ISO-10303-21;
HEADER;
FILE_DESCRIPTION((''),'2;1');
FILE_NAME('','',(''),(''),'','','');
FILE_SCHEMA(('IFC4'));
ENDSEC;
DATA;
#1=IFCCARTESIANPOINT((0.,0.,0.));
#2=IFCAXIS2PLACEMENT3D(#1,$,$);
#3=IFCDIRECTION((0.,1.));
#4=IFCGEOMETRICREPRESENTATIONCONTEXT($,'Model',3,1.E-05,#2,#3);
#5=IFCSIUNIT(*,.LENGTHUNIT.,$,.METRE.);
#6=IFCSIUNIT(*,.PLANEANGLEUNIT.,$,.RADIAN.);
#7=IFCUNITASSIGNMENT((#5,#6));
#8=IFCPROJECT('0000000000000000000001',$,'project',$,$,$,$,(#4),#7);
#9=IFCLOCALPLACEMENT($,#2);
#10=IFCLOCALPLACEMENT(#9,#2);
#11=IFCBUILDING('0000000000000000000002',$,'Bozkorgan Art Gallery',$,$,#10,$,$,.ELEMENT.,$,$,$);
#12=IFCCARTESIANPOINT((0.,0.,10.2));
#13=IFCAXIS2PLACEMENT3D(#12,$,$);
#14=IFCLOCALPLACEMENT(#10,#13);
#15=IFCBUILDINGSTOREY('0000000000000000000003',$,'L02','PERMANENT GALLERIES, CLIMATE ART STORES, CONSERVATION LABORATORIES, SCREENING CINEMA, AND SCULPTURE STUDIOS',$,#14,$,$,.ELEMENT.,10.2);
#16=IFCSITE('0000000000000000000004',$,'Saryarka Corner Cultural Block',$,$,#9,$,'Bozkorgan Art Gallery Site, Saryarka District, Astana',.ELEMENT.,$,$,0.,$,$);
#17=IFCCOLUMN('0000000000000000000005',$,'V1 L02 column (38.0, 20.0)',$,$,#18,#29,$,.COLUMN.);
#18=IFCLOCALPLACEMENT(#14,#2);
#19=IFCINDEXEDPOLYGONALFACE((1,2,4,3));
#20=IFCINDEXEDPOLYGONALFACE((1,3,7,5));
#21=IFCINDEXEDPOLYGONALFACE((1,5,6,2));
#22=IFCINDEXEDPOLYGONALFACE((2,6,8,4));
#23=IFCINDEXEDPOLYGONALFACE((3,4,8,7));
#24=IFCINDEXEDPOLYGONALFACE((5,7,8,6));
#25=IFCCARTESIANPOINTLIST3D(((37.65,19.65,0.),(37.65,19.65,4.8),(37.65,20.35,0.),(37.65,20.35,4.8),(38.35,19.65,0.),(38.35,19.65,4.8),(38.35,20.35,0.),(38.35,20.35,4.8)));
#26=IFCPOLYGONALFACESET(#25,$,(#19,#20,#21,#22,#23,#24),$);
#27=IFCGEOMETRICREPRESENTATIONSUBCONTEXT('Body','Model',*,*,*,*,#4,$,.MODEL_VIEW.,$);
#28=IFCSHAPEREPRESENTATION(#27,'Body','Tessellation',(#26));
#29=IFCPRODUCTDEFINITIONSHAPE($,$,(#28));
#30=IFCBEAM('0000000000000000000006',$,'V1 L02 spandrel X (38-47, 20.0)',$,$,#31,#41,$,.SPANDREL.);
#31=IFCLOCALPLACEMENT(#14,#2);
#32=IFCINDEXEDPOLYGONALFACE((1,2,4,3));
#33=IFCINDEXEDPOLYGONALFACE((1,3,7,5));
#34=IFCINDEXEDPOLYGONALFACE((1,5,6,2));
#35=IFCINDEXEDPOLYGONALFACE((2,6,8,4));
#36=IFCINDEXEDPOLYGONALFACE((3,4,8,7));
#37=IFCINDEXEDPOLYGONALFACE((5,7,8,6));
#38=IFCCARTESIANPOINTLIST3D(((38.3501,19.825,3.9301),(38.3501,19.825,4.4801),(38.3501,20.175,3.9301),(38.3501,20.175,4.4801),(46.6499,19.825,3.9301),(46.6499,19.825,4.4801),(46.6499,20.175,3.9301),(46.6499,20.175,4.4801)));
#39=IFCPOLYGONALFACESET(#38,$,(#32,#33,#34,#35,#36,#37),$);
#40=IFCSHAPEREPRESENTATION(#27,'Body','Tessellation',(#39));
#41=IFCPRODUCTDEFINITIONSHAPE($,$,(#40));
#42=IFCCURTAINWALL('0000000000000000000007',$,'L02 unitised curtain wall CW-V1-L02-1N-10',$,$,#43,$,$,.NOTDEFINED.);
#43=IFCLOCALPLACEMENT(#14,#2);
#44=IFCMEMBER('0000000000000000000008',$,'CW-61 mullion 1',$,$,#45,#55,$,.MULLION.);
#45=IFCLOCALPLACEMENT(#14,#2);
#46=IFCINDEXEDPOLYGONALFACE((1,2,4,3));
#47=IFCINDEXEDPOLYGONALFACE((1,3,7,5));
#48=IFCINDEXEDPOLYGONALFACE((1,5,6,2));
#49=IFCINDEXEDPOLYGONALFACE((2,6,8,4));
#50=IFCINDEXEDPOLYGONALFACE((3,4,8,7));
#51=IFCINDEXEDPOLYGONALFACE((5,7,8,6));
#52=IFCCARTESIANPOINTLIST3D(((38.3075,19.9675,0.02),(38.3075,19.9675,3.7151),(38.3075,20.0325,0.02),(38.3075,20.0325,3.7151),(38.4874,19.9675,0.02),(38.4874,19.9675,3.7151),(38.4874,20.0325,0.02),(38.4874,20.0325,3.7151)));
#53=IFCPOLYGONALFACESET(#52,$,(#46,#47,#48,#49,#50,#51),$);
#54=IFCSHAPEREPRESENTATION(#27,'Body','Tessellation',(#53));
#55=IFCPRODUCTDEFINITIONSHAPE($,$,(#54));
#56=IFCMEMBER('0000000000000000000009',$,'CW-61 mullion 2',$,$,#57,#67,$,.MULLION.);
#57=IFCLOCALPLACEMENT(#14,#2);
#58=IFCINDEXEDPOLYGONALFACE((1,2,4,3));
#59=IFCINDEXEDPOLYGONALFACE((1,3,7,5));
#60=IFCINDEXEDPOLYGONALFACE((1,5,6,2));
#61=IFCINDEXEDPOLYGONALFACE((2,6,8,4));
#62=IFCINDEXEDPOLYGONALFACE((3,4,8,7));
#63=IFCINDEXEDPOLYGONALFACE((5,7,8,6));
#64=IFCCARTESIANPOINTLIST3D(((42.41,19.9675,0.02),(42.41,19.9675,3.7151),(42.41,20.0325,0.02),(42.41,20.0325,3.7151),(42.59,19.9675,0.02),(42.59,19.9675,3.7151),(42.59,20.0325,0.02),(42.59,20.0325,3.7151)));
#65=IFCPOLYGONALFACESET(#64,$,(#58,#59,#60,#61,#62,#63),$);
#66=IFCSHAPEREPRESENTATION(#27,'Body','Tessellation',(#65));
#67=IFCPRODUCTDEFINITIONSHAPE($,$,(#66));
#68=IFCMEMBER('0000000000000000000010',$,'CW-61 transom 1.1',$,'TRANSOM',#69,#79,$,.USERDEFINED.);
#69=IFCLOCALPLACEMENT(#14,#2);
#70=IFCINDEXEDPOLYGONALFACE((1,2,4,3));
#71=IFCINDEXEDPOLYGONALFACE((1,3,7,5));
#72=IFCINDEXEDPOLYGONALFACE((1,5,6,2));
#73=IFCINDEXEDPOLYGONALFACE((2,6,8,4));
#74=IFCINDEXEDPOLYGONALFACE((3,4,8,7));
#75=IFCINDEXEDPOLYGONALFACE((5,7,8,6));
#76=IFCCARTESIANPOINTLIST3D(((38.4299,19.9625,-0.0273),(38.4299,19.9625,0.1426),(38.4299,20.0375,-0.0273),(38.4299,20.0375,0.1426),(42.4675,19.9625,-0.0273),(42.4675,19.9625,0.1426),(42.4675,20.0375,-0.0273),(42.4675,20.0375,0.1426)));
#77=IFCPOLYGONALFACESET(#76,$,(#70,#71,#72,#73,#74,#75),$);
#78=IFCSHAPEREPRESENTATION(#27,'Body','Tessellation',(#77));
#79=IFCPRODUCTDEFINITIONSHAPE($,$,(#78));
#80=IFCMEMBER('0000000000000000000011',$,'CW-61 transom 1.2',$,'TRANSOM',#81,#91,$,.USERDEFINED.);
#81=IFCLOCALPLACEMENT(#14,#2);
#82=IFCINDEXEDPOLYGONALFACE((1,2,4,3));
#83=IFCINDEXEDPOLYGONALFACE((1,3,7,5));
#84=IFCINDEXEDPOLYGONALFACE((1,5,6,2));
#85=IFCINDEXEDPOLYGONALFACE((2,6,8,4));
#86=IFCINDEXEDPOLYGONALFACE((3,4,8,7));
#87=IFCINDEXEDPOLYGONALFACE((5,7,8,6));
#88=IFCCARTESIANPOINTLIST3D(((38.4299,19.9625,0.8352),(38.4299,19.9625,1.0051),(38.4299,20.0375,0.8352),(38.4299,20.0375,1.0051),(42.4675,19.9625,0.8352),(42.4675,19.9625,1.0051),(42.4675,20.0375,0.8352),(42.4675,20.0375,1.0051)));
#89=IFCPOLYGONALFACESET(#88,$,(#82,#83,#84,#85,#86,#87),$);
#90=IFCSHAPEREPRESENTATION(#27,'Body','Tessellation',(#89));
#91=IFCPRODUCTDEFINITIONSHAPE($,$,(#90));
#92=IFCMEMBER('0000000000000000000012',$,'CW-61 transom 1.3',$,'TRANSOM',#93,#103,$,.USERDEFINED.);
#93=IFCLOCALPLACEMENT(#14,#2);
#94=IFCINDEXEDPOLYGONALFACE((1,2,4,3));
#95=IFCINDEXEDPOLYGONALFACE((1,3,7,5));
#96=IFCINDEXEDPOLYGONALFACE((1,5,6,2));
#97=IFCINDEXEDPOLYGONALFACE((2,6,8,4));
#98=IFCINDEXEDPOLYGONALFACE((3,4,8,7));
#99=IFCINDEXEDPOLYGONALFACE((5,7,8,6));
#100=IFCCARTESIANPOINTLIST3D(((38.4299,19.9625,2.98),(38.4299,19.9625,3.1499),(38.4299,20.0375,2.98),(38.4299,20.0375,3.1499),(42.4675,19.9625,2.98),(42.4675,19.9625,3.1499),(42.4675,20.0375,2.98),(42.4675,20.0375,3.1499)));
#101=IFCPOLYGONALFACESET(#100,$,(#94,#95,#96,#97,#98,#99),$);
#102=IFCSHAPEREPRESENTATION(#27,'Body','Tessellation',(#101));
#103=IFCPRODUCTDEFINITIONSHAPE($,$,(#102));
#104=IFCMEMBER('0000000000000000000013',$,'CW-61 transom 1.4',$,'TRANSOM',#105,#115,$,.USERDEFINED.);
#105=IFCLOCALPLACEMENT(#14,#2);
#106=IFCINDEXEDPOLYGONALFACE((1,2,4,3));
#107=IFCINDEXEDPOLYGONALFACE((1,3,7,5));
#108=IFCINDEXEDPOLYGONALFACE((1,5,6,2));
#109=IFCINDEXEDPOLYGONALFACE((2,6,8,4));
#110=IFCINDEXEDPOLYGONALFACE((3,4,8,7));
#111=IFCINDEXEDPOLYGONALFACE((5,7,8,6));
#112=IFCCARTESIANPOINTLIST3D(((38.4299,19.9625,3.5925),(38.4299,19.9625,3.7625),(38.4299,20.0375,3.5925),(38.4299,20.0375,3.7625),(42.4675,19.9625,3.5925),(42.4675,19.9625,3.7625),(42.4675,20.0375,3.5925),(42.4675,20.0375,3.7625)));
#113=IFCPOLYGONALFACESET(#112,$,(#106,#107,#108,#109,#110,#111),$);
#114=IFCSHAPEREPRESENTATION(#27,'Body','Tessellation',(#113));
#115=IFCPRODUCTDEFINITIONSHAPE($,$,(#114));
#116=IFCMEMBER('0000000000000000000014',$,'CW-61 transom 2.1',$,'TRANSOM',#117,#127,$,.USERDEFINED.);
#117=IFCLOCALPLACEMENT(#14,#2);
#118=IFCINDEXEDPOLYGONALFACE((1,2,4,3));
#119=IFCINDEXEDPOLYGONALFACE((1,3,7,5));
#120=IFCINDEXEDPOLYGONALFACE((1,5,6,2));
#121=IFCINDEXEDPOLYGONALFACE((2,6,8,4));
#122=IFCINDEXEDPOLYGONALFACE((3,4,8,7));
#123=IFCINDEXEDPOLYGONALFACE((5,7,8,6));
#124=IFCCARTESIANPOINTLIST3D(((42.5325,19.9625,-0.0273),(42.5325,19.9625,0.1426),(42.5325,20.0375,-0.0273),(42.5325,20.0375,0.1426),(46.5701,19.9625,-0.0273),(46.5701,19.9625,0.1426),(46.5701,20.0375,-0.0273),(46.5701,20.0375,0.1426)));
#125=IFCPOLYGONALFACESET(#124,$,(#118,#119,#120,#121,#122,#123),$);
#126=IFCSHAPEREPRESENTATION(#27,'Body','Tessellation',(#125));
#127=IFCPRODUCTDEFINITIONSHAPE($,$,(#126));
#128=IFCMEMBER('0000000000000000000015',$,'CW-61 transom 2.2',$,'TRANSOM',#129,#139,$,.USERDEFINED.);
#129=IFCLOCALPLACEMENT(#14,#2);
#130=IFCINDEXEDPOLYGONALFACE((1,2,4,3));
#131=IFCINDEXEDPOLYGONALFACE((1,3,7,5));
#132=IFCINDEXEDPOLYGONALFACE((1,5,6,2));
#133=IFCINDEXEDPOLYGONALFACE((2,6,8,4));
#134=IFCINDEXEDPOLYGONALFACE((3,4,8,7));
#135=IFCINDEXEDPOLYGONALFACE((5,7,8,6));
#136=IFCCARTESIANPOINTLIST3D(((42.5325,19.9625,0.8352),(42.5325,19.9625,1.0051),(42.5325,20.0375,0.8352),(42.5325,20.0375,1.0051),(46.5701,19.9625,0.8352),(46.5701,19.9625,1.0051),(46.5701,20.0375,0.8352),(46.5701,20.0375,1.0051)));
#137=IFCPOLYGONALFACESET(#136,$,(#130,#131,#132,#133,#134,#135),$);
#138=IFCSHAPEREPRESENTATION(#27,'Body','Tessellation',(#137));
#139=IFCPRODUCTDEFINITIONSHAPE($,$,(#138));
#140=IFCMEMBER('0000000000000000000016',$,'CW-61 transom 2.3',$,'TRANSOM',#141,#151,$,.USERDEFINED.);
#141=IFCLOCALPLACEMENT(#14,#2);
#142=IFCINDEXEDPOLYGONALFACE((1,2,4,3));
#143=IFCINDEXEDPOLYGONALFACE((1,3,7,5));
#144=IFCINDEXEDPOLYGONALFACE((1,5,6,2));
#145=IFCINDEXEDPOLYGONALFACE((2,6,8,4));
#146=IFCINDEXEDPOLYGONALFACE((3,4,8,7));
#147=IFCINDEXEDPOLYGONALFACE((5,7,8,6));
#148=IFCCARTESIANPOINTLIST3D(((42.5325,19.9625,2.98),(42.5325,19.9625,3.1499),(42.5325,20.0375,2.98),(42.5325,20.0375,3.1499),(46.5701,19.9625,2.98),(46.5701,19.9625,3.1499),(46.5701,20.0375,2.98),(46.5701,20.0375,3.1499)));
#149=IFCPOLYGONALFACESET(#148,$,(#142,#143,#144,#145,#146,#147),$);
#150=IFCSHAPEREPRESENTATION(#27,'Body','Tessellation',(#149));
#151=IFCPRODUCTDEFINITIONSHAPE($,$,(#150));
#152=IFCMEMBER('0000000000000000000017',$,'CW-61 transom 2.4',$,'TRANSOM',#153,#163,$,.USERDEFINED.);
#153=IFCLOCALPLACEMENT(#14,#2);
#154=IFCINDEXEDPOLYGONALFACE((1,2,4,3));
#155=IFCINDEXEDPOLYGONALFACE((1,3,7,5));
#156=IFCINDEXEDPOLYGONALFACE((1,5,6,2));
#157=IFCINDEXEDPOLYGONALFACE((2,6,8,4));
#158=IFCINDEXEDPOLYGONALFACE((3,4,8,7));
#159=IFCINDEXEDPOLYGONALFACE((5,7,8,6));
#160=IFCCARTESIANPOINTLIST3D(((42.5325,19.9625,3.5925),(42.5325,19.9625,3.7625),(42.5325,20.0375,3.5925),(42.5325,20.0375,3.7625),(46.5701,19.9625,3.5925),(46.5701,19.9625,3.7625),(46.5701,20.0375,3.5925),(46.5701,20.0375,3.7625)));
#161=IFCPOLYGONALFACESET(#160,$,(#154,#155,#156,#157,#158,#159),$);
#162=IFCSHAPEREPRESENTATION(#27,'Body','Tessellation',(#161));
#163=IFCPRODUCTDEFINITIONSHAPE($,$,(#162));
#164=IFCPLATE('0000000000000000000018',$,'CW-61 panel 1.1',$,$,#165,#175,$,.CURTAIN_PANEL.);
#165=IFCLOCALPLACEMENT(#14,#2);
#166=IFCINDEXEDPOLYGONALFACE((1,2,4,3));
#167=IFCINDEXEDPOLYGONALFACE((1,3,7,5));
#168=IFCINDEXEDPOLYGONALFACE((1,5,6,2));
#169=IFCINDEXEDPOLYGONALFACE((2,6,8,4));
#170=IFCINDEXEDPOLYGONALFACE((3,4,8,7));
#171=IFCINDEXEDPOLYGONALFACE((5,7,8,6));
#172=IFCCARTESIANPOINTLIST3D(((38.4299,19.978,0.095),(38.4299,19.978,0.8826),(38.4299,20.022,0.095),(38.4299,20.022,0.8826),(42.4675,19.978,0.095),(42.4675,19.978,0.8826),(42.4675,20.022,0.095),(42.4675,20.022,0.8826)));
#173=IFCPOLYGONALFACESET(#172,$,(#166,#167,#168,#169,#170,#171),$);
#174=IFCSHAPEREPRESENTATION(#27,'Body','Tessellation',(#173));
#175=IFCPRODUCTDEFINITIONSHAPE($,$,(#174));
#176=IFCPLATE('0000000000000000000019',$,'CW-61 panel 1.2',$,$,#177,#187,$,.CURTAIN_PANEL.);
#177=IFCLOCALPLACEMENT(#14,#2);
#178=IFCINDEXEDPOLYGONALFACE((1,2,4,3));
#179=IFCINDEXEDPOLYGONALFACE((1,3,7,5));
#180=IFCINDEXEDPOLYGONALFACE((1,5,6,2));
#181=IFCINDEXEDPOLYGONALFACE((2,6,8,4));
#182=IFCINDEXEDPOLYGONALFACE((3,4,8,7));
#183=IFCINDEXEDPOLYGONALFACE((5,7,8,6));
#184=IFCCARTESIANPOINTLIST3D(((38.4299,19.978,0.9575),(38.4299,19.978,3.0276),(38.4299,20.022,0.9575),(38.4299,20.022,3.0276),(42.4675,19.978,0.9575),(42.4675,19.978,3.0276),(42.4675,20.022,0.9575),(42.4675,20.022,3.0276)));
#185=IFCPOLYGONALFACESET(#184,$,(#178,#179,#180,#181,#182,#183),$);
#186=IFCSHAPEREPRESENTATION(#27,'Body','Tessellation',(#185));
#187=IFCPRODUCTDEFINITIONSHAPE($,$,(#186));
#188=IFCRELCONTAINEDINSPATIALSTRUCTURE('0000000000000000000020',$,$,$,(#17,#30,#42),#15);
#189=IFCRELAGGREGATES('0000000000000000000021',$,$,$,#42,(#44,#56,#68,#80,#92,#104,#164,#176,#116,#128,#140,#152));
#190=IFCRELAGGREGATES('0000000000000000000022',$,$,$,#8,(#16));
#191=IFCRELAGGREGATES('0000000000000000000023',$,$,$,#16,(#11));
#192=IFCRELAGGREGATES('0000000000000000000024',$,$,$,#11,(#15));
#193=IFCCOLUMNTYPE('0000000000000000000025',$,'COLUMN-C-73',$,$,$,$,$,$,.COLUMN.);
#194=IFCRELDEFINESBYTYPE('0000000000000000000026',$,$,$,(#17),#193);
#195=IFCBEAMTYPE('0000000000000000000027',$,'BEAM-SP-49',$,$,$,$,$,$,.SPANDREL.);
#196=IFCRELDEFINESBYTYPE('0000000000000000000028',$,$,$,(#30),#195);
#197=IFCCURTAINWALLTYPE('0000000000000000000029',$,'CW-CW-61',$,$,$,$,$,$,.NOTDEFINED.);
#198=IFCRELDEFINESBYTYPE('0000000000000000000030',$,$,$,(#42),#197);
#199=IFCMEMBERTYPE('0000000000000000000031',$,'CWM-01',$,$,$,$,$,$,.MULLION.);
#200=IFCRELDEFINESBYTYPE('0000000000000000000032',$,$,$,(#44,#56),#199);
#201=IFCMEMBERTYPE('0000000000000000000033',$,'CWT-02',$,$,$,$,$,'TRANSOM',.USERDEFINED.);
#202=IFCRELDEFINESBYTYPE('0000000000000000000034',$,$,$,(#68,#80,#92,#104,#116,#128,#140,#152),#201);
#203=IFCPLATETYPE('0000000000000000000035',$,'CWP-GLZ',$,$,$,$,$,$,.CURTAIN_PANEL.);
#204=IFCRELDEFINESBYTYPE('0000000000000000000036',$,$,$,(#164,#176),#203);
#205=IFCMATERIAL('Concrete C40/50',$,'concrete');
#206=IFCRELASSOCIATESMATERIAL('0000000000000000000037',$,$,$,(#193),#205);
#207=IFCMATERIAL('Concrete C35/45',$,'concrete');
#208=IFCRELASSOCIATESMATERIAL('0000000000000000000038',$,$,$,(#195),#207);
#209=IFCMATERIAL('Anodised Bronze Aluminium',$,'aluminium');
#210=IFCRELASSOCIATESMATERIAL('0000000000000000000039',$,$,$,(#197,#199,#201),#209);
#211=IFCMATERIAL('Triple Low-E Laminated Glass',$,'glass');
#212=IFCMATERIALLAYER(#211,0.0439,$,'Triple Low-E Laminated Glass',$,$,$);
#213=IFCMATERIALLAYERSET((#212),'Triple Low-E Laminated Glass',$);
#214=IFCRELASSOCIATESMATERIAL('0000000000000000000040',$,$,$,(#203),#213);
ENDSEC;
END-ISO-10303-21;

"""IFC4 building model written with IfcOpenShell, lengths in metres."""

from ifc_helpers import new_model, si_unit, direction, frame, origin, origin_2d, place, context, subcontext, project, spatial, rectangle, extrude, material, layer, layer_set, material_profile, profile_set, type_object, element, aggregate, save


model = new_model("IFC4")

# Units and contexts
model_context = context("Model", 3, precision=1e-05, world=origin(), true_north=direction((0.0, 1.0)))
body_context = subcontext(model_context, "Body", "Model", "MODEL_VIEW")
ifc_project = project(units=[si_unit("LENGTHUNIT", "METRE"), si_unit("PLANEANGLEUNIT", "RADIAN")], contexts=[model_context])

# Site, building, storey
site_placement = place(None, origin())
site = spatial("IfcSite", under=ifc_project, at=site_placement, Name="Saryarka Corner Cultural Block", LongName="Bozkorgan Art Gallery Site, Saryarka District, Astana", CompositionType="ELEMENT", RefElevation=0.0)
building_placement = place(site_placement, origin())
building = spatial("IfcBuilding", under=site, at=building_placement, Name="Bozkorgan Art Gallery", CompositionType="ELEMENT")
storey_placement = place(building_placement, frame((0.0, 0.0, 10.2)))
storey = spatial("IfcBuildingStorey", under=building, at=storey_placement, Name="L02", Description="PERMANENT GALLERIES, CLIMATE ART STORES, CONSERVATION LABORATORIES, SCREENING CINEMA, AND SCULPTURE STUDIOS", CompositionType="ELEMENT", Elevation=10.2)

# Column
ifc_material_1 = material(Name="Concrete C40/50", Category="concrete")
ifc_material_profile_1 = material_profile(ifc_material_1, rectangle(XDim=0.7, YDim=0.7, at=origin_2d()), Name="RC 700x700")
ifc_profile_set_1 = profile_set([ifc_material_profile_1], Name="Concrete C40/50")
column_type = type_object("IfcColumnType", Name="COLUMN-C-73", PredefinedType="COLUMN", material=ifc_profile_set_1)
column_placement = place(storey_placement, frame((38.0, 20.0, 0.0), z_axis=(0.0, 0.0, 1.0), x_axis=(1.0, 0.0, 0.0)))
element("IfcColumn", 1, at=column_placement, inside=storey, type_object=column_type, Name="V1 L02 column (38.0, 20.0)", PredefinedType="COLUMN", context=body_context, shape_type="SweptSolid", body=[
    extrude(rectangle(XDim=0.7, YDim=0.7, at=origin_2d()), origin(), (0.0, 0.0, 1.0), 4.8),
])

# Beam
ifc_material_2 = material(Name="Concrete C35/45", Category="concrete")
ifc_material_profile_2 = material_profile(ifc_material_2, rectangle(XDim=0.3501, YDim=0.55, at=origin_2d()), Name="RC 350x550")
ifc_profile_set_2 = profile_set([ifc_material_profile_2], Name="Concrete C35/45")
beam_type = type_object("IfcBeamType", Name="BEAM-SP-49", PredefinedType="SPANDREL", material=ifc_profile_set_2)
beam_placement = place(storey_placement, frame((38.3501, 20.0, 4.2051), z_axis=(1.0, 0.0, 0.0), x_axis=(0.0, 1.0, 0.0)))
element("IfcBeam", 2, at=beam_placement, inside=storey, type_object=beam_type, Name="V1 L02 spandrel X (38-47, 20.0)", PredefinedType="SPANDREL", context=body_context, shape_type="SweptSolid", body=[
    extrude(rectangle(XDim=0.3501, YDim=0.55, at=origin_2d()), origin(), (0.0, 0.0, 1.0), 8.2998),
])

# Curtain wall, members, plates
ifc_material_3 = material(Name="Anodised Bronze Aluminium", Category="aluminium")
curtain_wall_type = type_object("IfcCurtainWallType", Name="CW-CW-61", PredefinedType="NOTDEFINED", material=ifc_material_3)
curtain_wall_placement = place(storey_placement, origin())
curtain_wall = element("IfcCurtainWall", 3, at=curtain_wall_placement, inside=storey, type_object=curtain_wall_type, Name="L02 unitised curtain wall CW-V1-L02-1N-10", PredefinedType="NOTDEFINED")
ifc_material_profile_3 = material_profile(ifc_material_3, rectangle(XDim=0.0649, YDim=0.1799, at=origin_2d()), Name="ALU MULLION 65x180")
ifc_profile_set_3 = profile_set([ifc_material_profile_3], Name="Anodised Bronze Aluminium")
member_type_1 = type_object("IfcMemberType", Name="CWM-01", PredefinedType="MULLION", material=ifc_profile_set_3)
member_1_placement = place(storey_placement, frame((38.3975, 20.0, 0.02), z_axis=(0.0, 0.0, 1.0), x_axis=(0.0, 1.0, 0.0)))
member_1 = element("IfcMember", 4, at=member_1_placement, type_object=member_type_1, Name="CW-61 mullion 1", PredefinedType="MULLION", context=body_context, shape_type="SweptSolid", body=[
    extrude(rectangle(XDim=0.0649, YDim=0.1799, at=origin_2d()), origin(), (0.0, 0.0, 1.0), 3.6951),
])
member_2_placement = place(storey_placement, frame((42.5, 20.0, 0.02), z_axis=(0.0, 0.0, 1.0), x_axis=(0.0, 1.0, 0.0)))
member_2 = element("IfcMember", 5, at=member_2_placement, type_object=member_type_1, Name="CW-61 mullion 2", PredefinedType="MULLION", context=body_context, shape_type="SweptSolid", body=[
    extrude(rectangle(XDim=0.0649, YDim=0.1799, at=origin_2d()), origin(), (0.0, 0.0, 1.0), 3.6951),
])
ifc_material_profile_4 = material_profile(ifc_material_3, rectangle(XDim=0.075, YDim=0.1699, at=origin_2d()), Name="ALU TRANSOM 75x170")
ifc_profile_set_4 = profile_set([ifc_material_profile_4], Name="Anodised Bronze Aluminium")
member_type_2 = type_object("IfcMemberType", Name="CWT-02", ElementType="TRANSOM", PredefinedType="USERDEFINED", material=ifc_profile_set_4)
member_3_placement = place(storey_placement, frame((38.4299, 20.0, 0.0576), z_axis=(1.0, 0.0, 0.0), x_axis=(0.0, 1.0, 0.0)))
member_3 = element("IfcMember", 6, at=member_3_placement, type_object=member_type_2, Name="CW-61 transom 1.1", ObjectType="TRANSOM", PredefinedType="USERDEFINED", context=body_context, shape_type="SweptSolid", body=[
    extrude(rectangle(XDim=0.075, YDim=0.1699, at=origin_2d()), origin(), (0.0, 0.0, 1.0), 4.0376),
])
member_4_placement = place(storey_placement, frame((38.4299, 20.0, 0.9202), z_axis=(1.0, 0.0, 0.0), x_axis=(0.0, 1.0, 0.0)))
member_4 = element("IfcMember", 7, at=member_4_placement, type_object=member_type_2, Name="CW-61 transom 1.2", ObjectType="TRANSOM", PredefinedType="USERDEFINED", context=body_context, shape_type="SweptSolid", body=[
    extrude(rectangle(XDim=0.075, YDim=0.1699, at=origin_2d()), origin(), (0.0, 0.0, 1.0), 4.0376),
])
member_5_placement = place(storey_placement, frame((38.4299, 20.0, 3.0649), z_axis=(1.0, 0.0, 0.0), x_axis=(0.0, 1.0, 0.0)))
member_5 = element("IfcMember", 8, at=member_5_placement, type_object=member_type_2, Name="CW-61 transom 1.3", ObjectType="TRANSOM", PredefinedType="USERDEFINED", context=body_context, shape_type="SweptSolid", body=[
    extrude(rectangle(XDim=0.075, YDim=0.1699, at=origin_2d()), origin(), (0.0, 0.0, 1.0), 4.0376),
])
member_6_placement = place(storey_placement, frame((38.4299, 20.0, 3.6775), z_axis=(1.0, 0.0, 0.0), x_axis=(0.0, 1.0, 0.0)))
member_6 = element("IfcMember", 9, at=member_6_placement, type_object=member_type_2, Name="CW-61 transom 1.4", ObjectType="TRANSOM", PredefinedType="USERDEFINED", context=body_context, shape_type="SweptSolid", body=[
    extrude(rectangle(XDim=0.075, YDim=0.1699, at=origin_2d()), origin(), (0.0, 0.0, 1.0), 4.0376),
])
member_7_placement = place(storey_placement, frame((42.5325, 20.0, 0.0576), z_axis=(1.0, 0.0, 0.0), x_axis=(0.0, 1.0, 0.0)))
member_7 = element("IfcMember", 10, at=member_7_placement, type_object=member_type_2, Name="CW-61 transom 2.1", ObjectType="TRANSOM", PredefinedType="USERDEFINED", context=body_context, shape_type="SweptSolid", body=[
    extrude(rectangle(XDim=0.075, YDim=0.1699, at=origin_2d()), origin(), (0.0, 0.0, 1.0), 4.0376),
])
member_8_placement = place(storey_placement, frame((42.5325, 20.0, 0.9202), z_axis=(1.0, 0.0, 0.0), x_axis=(0.0, 1.0, 0.0)))
member_8 = element("IfcMember", 11, at=member_8_placement, type_object=member_type_2, Name="CW-61 transom 2.2", ObjectType="TRANSOM", PredefinedType="USERDEFINED", context=body_context, shape_type="SweptSolid", body=[
    extrude(rectangle(XDim=0.075, YDim=0.1699, at=origin_2d()), origin(), (0.0, 0.0, 1.0), 4.0376),
])
member_9_placement = place(storey_placement, frame((42.5325, 20.0, 3.0649), z_axis=(1.0, 0.0, 0.0), x_axis=(0.0, 1.0, 0.0)))
member_9 = element("IfcMember", 12, at=member_9_placement, type_object=member_type_2, Name="CW-61 transom 2.3", ObjectType="TRANSOM", PredefinedType="USERDEFINED", context=body_context, shape_type="SweptSolid", body=[
    extrude(rectangle(XDim=0.075, YDim=0.1699, at=origin_2d()), origin(), (0.0, 0.0, 1.0), 4.0376),
])
member_10_placement = place(storey_placement, frame((42.5325, 20.0, 3.6775), z_axis=(1.0, 0.0, 0.0), x_axis=(0.0, 1.0, 0.0)))
member_10 = element("IfcMember", 13, at=member_10_placement, type_object=member_type_2, Name="CW-61 transom 2.4", ObjectType="TRANSOM", PredefinedType="USERDEFINED", context=body_context, shape_type="SweptSolid", body=[
    extrude(rectangle(XDim=0.075, YDim=0.1699, at=origin_2d()), origin(), (0.0, 0.0, 1.0), 4.0376),
])
ifc_material_4 = material(Name="Triple Low-E Laminated Glass", Category="glass")
ifc_layer = layer(ifc_material_4, 0.0439, Name="Triple Low-E Laminated Glass")
ifc_layer_set = layer_set([ifc_layer], Name="Triple Low-E Laminated Glass")
plate_type = type_object("IfcPlateType", Name="CWP-GLZ", PredefinedType="CURTAIN_PANEL", material=ifc_layer_set)
plate_1_placement = place(storey_placement, frame((40.4487, 20.0, 0.095), z_axis=(0.0, 0.0, 1.0), x_axis=(1.0, 0.0, 0.0)))
plate_1 = element("IfcPlate", 14, at=plate_1_placement, type_object=plate_type, Name="CW-61 panel 1.1", PredefinedType="CURTAIN_PANEL", context=body_context, shape_type="SweptSolid", body=[
    extrude(rectangle(XDim=4.0376, YDim=0.0439, at=origin_2d()), origin(), (0.0, 0.0, 1.0), 0.7876),
])
plate_2_placement = place(storey_placement, frame((40.4487, 20.0, 0.9575), z_axis=(0.0, 0.0, 1.0), x_axis=(1.0, 0.0, 0.0)))
plate_2 = element("IfcPlate", 15, at=plate_2_placement, type_object=plate_type, Name="CW-61 panel 1.2", PredefinedType="CURTAIN_PANEL", context=body_context, shape_type="SweptSolid", body=[
    extrude(rectangle(XDim=4.0376, YDim=0.0439, at=origin_2d()), origin(), (0.0, 0.0, 1.0), 2.0701),
])
aggregate(curtain_wall, [member_1, member_2, member_3, member_4, member_5, member_6, plate_1, plate_2, member_7, member_8, member_9, member_10])

save(model, "model.ifc")
